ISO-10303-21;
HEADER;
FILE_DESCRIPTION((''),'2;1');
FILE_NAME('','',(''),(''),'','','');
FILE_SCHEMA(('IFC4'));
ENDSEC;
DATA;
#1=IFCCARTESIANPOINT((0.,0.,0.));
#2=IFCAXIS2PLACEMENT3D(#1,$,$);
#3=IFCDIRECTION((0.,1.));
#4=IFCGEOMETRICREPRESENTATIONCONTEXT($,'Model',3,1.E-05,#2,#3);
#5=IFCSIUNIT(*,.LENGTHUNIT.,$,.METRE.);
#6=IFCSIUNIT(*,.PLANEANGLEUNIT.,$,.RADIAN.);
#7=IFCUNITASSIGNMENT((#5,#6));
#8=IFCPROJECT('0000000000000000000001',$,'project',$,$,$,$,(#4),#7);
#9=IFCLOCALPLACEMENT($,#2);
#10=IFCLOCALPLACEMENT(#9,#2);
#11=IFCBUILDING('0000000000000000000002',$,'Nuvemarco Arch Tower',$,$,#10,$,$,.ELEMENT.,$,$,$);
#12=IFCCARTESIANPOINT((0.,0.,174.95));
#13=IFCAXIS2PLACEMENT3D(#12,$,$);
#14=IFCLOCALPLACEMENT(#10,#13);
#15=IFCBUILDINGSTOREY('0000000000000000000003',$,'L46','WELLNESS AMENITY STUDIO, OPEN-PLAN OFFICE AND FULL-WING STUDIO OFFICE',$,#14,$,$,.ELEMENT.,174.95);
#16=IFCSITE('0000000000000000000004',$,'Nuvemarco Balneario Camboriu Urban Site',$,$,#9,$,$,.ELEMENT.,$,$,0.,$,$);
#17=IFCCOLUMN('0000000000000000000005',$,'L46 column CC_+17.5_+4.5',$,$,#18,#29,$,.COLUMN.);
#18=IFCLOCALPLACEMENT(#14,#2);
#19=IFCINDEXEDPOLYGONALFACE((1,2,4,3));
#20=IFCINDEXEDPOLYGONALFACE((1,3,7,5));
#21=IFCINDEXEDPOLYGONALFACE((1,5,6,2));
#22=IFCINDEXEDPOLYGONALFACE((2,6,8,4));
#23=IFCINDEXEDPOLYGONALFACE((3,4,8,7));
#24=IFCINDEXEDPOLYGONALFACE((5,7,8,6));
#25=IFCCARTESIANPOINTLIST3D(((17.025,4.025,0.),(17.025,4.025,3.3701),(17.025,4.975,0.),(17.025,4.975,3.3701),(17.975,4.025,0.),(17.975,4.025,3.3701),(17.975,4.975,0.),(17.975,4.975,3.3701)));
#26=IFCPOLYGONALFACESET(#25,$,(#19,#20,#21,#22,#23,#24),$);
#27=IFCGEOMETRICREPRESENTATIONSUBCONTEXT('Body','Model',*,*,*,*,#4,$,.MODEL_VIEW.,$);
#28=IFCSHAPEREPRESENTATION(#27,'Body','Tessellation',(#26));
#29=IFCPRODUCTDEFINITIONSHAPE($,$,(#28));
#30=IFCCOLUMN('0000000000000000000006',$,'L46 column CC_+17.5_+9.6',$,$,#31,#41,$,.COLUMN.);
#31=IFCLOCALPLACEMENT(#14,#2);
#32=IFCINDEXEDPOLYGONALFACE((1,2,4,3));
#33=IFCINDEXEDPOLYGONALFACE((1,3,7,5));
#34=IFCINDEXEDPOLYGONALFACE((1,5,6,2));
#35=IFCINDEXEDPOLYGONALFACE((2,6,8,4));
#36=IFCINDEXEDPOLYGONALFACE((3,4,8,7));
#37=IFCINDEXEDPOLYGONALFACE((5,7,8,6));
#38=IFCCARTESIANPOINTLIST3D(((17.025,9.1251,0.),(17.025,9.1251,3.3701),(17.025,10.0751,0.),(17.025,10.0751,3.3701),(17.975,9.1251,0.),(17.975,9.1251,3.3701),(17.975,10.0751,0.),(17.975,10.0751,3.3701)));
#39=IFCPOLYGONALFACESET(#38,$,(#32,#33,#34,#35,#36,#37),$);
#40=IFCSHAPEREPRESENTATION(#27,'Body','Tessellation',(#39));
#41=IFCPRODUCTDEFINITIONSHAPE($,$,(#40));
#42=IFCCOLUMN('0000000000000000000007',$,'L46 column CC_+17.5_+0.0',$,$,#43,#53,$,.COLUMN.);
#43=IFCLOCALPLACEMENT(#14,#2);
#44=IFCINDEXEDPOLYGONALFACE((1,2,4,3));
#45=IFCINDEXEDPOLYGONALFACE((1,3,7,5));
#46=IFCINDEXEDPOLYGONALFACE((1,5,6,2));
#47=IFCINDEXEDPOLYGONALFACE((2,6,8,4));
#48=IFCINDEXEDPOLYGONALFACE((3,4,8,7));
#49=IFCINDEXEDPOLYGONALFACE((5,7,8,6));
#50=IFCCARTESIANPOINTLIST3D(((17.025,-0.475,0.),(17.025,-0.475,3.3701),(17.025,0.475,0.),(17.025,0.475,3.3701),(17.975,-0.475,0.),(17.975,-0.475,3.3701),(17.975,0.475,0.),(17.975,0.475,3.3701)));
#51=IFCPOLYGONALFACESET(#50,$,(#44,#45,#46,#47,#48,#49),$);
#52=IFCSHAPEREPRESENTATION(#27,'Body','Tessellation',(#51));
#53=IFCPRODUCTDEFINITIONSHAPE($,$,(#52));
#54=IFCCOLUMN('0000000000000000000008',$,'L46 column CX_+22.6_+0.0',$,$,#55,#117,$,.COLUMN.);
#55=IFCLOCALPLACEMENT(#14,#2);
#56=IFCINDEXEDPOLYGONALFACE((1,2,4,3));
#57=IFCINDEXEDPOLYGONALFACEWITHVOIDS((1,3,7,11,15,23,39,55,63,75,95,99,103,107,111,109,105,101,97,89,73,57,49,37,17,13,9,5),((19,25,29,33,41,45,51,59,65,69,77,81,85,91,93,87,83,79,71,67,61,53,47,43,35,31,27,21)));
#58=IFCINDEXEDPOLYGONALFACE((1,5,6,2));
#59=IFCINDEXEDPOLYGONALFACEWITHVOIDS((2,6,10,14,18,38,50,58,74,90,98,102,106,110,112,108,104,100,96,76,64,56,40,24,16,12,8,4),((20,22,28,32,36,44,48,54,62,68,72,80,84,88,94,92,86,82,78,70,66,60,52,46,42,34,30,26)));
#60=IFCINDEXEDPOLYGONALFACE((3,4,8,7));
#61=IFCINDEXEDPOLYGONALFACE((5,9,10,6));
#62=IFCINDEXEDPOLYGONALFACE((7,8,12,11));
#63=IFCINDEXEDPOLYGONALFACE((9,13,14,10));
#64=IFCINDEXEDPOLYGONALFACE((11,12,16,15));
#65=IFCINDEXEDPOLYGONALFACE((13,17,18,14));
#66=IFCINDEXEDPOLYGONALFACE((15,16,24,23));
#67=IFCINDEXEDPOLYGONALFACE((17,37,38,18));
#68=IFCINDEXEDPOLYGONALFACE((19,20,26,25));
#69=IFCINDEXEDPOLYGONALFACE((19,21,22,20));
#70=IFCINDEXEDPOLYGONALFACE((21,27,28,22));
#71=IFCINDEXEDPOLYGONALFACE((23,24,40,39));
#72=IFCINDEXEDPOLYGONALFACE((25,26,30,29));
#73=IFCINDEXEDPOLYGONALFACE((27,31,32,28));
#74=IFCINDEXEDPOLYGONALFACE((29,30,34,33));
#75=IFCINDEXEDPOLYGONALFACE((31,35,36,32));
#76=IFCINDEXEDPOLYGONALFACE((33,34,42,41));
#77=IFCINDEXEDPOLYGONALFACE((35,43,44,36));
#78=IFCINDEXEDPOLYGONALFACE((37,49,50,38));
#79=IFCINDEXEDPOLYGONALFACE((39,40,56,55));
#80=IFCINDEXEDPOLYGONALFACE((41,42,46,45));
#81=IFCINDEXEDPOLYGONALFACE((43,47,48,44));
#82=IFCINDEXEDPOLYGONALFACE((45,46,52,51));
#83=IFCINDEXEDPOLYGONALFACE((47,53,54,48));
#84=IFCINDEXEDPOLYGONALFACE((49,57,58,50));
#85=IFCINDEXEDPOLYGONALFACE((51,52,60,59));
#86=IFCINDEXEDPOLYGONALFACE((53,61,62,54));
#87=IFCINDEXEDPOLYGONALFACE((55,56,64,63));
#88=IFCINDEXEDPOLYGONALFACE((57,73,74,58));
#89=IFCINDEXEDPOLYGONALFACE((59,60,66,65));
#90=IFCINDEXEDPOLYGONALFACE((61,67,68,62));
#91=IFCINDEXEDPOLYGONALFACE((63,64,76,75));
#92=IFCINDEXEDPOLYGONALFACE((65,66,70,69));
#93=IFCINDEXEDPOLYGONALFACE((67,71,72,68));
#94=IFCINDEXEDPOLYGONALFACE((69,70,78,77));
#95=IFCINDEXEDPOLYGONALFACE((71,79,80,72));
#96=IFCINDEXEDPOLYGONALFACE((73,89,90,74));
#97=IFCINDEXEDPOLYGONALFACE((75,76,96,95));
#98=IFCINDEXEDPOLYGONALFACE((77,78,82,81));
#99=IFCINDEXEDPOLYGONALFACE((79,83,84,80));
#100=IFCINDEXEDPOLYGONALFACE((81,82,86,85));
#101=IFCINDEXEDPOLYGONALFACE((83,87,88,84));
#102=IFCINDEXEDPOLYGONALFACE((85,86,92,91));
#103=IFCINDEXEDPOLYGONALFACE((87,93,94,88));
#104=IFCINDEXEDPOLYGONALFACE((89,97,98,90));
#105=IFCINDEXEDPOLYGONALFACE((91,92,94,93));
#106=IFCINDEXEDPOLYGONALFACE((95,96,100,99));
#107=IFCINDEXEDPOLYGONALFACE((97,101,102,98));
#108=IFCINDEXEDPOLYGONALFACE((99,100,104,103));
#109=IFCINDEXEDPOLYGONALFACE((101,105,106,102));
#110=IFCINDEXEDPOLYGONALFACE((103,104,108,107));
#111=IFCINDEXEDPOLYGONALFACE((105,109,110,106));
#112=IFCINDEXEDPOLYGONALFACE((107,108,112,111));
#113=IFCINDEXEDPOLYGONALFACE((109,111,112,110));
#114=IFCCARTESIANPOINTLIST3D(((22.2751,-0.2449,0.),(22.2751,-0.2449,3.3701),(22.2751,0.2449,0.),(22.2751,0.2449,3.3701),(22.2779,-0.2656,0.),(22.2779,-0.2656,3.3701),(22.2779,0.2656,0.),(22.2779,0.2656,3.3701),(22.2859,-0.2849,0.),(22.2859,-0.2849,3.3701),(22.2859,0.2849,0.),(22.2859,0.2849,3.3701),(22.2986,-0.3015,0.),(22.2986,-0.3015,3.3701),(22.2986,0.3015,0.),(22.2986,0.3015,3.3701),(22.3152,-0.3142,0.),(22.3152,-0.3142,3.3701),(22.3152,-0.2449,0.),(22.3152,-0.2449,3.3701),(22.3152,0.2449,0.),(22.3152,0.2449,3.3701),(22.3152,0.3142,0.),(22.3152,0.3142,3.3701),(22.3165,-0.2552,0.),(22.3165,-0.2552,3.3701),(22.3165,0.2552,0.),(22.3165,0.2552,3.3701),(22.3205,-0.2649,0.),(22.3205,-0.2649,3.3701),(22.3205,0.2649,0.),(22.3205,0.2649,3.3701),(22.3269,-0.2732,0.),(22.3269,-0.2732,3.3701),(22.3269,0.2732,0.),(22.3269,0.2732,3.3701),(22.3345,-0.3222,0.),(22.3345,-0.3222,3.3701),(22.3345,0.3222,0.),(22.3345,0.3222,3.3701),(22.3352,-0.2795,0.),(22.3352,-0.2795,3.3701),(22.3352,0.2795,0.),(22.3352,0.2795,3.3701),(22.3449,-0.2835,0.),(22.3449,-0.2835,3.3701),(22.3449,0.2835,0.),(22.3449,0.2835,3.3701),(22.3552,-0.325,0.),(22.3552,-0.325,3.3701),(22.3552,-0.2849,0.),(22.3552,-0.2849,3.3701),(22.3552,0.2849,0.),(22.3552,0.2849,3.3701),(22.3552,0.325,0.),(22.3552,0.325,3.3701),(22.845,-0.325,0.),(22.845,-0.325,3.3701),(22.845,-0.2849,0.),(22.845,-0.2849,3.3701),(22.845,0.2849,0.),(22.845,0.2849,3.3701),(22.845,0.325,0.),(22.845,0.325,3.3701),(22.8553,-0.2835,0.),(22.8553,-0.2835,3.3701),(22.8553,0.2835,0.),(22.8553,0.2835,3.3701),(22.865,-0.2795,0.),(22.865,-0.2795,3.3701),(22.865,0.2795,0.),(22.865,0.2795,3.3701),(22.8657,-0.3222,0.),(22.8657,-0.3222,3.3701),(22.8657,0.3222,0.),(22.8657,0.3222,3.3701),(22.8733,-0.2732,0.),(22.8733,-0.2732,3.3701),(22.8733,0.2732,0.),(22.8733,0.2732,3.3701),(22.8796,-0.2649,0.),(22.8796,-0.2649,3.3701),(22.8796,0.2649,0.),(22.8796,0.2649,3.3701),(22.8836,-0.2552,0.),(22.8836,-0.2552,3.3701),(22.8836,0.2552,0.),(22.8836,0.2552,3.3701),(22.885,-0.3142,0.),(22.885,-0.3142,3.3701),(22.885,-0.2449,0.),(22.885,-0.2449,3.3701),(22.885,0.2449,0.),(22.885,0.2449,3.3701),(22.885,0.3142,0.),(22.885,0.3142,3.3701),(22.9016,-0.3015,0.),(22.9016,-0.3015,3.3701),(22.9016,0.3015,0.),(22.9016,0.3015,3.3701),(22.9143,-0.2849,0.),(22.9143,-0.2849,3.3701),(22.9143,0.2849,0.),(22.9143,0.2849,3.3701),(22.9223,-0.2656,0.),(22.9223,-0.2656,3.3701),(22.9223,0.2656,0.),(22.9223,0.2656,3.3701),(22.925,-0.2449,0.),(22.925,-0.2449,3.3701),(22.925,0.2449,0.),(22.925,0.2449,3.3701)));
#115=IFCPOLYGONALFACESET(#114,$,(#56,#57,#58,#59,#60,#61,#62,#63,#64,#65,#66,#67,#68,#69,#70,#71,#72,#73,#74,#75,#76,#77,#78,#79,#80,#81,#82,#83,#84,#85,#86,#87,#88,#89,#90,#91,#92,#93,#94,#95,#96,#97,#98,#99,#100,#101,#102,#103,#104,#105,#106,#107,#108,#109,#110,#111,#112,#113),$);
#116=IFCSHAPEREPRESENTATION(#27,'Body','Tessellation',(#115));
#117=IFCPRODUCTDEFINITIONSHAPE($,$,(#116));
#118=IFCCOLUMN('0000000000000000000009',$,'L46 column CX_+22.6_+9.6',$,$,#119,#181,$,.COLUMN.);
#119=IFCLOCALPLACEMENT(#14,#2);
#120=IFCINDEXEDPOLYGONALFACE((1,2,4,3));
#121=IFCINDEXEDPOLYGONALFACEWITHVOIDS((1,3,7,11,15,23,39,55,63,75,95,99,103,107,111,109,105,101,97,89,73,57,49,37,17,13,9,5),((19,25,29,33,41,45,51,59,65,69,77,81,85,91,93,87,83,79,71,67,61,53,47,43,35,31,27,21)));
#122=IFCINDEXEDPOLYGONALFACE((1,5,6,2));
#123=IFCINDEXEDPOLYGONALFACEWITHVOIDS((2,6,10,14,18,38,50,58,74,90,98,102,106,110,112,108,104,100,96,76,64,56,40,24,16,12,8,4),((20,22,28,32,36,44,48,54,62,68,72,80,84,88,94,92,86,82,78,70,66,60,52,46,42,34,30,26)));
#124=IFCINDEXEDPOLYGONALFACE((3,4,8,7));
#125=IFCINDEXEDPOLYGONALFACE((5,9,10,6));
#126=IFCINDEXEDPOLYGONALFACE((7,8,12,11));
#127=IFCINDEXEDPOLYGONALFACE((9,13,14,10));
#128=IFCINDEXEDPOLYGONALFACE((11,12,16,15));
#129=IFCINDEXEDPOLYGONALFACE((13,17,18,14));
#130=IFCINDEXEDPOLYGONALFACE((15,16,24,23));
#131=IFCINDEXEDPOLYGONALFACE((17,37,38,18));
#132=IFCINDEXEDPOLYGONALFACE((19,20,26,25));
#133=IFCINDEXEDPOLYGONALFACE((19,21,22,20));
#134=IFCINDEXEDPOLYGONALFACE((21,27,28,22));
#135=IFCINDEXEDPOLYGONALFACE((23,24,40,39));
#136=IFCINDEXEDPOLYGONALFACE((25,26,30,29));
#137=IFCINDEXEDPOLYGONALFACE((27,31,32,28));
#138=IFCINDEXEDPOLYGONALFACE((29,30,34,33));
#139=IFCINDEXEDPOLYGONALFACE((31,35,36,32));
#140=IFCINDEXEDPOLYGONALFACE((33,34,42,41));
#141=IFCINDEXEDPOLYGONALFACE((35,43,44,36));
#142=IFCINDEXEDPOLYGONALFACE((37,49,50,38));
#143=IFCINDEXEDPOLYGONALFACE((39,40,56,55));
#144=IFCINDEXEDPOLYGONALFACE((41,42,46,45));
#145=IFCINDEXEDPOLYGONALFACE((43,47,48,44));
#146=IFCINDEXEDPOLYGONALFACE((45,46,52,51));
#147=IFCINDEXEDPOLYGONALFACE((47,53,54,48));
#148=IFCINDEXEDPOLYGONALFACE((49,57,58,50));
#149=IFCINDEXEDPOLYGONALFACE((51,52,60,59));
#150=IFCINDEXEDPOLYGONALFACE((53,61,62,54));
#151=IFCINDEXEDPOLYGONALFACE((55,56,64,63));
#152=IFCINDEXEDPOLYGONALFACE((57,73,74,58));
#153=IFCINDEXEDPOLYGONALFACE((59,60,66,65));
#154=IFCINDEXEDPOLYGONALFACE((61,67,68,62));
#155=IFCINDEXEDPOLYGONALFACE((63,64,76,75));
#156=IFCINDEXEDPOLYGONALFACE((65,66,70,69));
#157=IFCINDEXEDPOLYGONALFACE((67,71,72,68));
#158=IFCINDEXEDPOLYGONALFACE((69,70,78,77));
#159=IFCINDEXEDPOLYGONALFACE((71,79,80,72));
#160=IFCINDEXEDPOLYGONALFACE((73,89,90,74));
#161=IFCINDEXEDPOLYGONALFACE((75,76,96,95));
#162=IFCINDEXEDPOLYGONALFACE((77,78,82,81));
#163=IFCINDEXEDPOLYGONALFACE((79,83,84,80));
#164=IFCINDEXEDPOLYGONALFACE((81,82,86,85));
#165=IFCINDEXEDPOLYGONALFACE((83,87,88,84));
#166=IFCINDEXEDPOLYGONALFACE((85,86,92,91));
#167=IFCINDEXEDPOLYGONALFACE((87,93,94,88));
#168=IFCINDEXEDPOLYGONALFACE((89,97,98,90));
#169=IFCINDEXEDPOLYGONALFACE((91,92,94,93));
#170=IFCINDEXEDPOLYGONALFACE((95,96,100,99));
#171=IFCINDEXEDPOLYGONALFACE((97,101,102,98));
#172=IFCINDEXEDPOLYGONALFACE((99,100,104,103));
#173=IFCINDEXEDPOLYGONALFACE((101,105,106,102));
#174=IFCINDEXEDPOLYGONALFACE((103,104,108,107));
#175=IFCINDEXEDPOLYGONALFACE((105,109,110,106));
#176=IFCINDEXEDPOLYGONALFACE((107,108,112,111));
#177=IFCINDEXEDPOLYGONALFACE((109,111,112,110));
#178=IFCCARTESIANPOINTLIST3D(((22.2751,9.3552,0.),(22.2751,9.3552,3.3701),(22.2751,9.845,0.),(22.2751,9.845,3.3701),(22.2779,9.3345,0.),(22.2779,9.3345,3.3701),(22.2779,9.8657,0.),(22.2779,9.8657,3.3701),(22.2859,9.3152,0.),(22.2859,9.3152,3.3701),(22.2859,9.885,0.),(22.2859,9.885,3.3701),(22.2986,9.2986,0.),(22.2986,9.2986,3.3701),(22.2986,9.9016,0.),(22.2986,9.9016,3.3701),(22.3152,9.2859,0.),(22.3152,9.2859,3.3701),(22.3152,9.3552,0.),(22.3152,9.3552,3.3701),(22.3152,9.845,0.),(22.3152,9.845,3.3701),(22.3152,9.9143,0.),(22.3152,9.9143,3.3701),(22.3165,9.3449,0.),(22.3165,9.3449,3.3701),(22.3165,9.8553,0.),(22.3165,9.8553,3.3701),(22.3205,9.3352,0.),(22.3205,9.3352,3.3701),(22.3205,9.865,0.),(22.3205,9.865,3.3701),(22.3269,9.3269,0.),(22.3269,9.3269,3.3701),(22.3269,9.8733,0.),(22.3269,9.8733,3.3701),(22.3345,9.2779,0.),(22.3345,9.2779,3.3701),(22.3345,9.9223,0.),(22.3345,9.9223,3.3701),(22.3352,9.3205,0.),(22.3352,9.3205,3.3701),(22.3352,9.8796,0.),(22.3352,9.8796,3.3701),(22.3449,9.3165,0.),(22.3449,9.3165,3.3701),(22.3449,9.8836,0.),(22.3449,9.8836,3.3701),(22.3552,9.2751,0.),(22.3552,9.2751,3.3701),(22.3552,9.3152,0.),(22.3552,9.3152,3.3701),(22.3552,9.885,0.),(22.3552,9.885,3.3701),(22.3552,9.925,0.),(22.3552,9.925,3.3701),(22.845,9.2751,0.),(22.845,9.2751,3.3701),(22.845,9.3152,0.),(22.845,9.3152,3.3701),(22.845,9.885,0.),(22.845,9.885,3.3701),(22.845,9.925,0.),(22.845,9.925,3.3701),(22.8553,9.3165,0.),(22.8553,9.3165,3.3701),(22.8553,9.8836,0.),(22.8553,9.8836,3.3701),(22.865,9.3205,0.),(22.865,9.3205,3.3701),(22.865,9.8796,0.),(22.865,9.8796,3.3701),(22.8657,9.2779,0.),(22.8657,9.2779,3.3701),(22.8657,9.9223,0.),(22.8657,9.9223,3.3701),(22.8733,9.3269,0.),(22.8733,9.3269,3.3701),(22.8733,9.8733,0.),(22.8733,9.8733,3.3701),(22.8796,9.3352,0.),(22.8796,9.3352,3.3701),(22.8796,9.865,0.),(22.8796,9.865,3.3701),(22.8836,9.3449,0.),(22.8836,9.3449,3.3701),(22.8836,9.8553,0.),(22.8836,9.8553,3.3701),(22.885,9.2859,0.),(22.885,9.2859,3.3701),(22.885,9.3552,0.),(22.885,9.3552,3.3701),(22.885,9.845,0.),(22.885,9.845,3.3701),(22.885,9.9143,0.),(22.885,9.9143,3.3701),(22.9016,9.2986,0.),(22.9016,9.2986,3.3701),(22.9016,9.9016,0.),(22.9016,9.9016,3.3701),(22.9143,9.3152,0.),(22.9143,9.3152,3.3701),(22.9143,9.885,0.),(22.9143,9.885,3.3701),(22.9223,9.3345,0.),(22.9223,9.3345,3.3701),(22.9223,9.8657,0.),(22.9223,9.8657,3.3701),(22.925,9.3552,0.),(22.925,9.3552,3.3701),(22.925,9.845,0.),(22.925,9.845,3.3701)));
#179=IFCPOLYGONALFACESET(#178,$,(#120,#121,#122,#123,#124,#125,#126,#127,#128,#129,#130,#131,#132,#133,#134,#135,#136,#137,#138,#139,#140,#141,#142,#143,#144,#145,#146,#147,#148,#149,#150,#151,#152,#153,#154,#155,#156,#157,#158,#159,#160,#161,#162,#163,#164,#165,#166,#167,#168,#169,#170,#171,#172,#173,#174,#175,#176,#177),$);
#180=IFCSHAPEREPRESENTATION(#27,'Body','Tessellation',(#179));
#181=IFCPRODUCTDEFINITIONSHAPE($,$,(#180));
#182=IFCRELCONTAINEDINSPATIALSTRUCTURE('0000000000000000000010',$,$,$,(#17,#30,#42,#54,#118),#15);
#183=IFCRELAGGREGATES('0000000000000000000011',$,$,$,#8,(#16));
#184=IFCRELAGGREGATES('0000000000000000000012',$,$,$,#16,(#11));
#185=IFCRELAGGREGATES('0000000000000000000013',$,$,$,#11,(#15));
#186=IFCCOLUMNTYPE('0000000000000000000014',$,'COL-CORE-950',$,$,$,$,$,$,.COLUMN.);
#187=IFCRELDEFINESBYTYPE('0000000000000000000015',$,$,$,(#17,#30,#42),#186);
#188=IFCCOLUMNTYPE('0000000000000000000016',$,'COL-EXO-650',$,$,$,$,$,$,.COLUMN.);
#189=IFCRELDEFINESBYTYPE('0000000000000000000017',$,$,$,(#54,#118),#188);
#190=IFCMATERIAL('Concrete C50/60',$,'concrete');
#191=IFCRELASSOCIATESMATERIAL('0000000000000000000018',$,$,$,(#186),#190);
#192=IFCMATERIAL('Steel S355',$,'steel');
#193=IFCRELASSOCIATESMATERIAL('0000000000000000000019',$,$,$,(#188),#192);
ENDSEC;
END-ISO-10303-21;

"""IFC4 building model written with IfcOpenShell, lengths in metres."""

from ifc_helpers import new_model, si_unit, direction, frame, origin, origin_2d, place, context, subcontext, project, spatial, rectangle, hollow_rectangle, extrude, material, material_profile, profile_set, type_object, element, save


model = new_model("IFC4")

# Units and contexts
model_context = context("Model", 3, precision=1e-05, world=origin(), true_north=direction((0.0, 1.0)))
body_context = subcontext(model_context, "Body", "Model", "MODEL_VIEW")
ifc_project = project(units=[si_unit("LENGTHUNIT", "METRE"), si_unit("PLANEANGLEUNIT", "RADIAN")], contexts=[model_context])

# Site, building, storey
site_placement = place(None, origin())
site = spatial("IfcSite", under=ifc_project, at=site_placement, Name="Nuvemarco Balneario Camboriu Urban Site", CompositionType="ELEMENT", RefElevation=0.0)
building_placement = place(site_placement, origin())
building = spatial("IfcBuilding", under=site, at=building_placement, Name="Nuvemarco Arch Tower", CompositionType="ELEMENT")
storey_placement = place(building_placement, frame((0.0, 0.0, 174.95)))
storey = spatial("IfcBuildingStorey", under=building, at=storey_placement, Name="L46", Description="WELLNESS AMENITY STUDIO, OPEN-PLAN OFFICE AND FULL-WING STUDIO OFFICE", CompositionType="ELEMENT", Elevation=174.95)

# Columns
ifc_material_1 = material(Name="Concrete C50/60", Category="concrete")
ifc_material_profile_1 = material_profile(ifc_material_1, rectangle(XDim=0.95, YDim=0.95, at=origin_2d()), Name="RC-COL-950x950")
ifc_profile_set_1 = profile_set([ifc_material_profile_1], Name="Concrete C50/60")
column_type_1 = type_object("IfcColumnType", Name="COL-CORE-950", PredefinedType="COLUMN", material=ifc_profile_set_1)
for number, where, z_axis, x_axis, name in (
    (1, (17.5, 4.5, 0.0), (0.0, 0.0, 1.0), (1.0, 0.0, 0.0), "L46 column CC_+17.5_+4.5"),
    (2, (17.5, 9.6001, 0.0), (0.0, 0.0, 1.0), (1.0, 0.0, 0.0), "L46 column CC_+17.5_+9.6"),
    (3, (17.5, 0.0, 0.0), (0.0, 0.0, 1.0), (1.0, 0.0, 0.0), "L46 column CC_+17.5_+0.0"),
):
    element("IfcColumn", number, at=place(storey_placement, frame(where, z_axis=z_axis, x_axis=x_axis)), inside=storey, type_object=column_type_1, Name=name, PredefinedType="COLUMN", context=body_context, shape_type="SweptSolid", body=[
        extrude(rectangle(XDim=0.95, YDim=0.95, at=origin_2d()), origin(), (0.0, 0.0, 1.0), 3.3701),
    ])
ifc_material_2 = material(Name="Steel S355", Category="steel")
ifc_material_profile_2 = material_profile(ifc_material_2, hollow_rectangle(XDim=0.6499, YDim=0.6499, WallThickness=0.04, InnerFilletRadius=0.04, OuterFilletRadius=0.0801, at=origin_2d()), Name="SHS650x650x40")
ifc_profile_set_2 = profile_set([ifc_material_profile_2], Name="Steel S355")
column_type_2 = type_object("IfcColumnType", Name="COL-EXO-650", PredefinedType="COLUMN", material=ifc_profile_set_2)
for number, where, z_axis, x_axis, name in (
    (4, (22.6001, 0.0, 0.0), (0.0, 0.0, 1.0), (1.0, 0.0, 0.0), "L46 column CX_+22.6_+0.0"),
    (5, (22.6001, 9.6001, 0.0), (0.0, 0.0, 1.0), (1.0, 0.0, 0.0), "L46 column CX_+22.6_+9.6"),
):
    element("IfcColumn", number, at=place(storey_placement, frame(where, z_axis=z_axis, x_axis=x_axis)), inside=storey, type_object=column_type_2, Name=name, PredefinedType="COLUMN", context=body_context, shape_type="SweptSolid", body=[
        extrude(hollow_rectangle(XDim=0.6499, YDim=0.6499, WallThickness=0.04, InnerFilletRadius=0.04, OuterFilletRadius=0.0801, at=origin_2d()), origin(), (0.0, 0.0, 1.0), 3.3701),
    ])

save(model, "model.ifc")
